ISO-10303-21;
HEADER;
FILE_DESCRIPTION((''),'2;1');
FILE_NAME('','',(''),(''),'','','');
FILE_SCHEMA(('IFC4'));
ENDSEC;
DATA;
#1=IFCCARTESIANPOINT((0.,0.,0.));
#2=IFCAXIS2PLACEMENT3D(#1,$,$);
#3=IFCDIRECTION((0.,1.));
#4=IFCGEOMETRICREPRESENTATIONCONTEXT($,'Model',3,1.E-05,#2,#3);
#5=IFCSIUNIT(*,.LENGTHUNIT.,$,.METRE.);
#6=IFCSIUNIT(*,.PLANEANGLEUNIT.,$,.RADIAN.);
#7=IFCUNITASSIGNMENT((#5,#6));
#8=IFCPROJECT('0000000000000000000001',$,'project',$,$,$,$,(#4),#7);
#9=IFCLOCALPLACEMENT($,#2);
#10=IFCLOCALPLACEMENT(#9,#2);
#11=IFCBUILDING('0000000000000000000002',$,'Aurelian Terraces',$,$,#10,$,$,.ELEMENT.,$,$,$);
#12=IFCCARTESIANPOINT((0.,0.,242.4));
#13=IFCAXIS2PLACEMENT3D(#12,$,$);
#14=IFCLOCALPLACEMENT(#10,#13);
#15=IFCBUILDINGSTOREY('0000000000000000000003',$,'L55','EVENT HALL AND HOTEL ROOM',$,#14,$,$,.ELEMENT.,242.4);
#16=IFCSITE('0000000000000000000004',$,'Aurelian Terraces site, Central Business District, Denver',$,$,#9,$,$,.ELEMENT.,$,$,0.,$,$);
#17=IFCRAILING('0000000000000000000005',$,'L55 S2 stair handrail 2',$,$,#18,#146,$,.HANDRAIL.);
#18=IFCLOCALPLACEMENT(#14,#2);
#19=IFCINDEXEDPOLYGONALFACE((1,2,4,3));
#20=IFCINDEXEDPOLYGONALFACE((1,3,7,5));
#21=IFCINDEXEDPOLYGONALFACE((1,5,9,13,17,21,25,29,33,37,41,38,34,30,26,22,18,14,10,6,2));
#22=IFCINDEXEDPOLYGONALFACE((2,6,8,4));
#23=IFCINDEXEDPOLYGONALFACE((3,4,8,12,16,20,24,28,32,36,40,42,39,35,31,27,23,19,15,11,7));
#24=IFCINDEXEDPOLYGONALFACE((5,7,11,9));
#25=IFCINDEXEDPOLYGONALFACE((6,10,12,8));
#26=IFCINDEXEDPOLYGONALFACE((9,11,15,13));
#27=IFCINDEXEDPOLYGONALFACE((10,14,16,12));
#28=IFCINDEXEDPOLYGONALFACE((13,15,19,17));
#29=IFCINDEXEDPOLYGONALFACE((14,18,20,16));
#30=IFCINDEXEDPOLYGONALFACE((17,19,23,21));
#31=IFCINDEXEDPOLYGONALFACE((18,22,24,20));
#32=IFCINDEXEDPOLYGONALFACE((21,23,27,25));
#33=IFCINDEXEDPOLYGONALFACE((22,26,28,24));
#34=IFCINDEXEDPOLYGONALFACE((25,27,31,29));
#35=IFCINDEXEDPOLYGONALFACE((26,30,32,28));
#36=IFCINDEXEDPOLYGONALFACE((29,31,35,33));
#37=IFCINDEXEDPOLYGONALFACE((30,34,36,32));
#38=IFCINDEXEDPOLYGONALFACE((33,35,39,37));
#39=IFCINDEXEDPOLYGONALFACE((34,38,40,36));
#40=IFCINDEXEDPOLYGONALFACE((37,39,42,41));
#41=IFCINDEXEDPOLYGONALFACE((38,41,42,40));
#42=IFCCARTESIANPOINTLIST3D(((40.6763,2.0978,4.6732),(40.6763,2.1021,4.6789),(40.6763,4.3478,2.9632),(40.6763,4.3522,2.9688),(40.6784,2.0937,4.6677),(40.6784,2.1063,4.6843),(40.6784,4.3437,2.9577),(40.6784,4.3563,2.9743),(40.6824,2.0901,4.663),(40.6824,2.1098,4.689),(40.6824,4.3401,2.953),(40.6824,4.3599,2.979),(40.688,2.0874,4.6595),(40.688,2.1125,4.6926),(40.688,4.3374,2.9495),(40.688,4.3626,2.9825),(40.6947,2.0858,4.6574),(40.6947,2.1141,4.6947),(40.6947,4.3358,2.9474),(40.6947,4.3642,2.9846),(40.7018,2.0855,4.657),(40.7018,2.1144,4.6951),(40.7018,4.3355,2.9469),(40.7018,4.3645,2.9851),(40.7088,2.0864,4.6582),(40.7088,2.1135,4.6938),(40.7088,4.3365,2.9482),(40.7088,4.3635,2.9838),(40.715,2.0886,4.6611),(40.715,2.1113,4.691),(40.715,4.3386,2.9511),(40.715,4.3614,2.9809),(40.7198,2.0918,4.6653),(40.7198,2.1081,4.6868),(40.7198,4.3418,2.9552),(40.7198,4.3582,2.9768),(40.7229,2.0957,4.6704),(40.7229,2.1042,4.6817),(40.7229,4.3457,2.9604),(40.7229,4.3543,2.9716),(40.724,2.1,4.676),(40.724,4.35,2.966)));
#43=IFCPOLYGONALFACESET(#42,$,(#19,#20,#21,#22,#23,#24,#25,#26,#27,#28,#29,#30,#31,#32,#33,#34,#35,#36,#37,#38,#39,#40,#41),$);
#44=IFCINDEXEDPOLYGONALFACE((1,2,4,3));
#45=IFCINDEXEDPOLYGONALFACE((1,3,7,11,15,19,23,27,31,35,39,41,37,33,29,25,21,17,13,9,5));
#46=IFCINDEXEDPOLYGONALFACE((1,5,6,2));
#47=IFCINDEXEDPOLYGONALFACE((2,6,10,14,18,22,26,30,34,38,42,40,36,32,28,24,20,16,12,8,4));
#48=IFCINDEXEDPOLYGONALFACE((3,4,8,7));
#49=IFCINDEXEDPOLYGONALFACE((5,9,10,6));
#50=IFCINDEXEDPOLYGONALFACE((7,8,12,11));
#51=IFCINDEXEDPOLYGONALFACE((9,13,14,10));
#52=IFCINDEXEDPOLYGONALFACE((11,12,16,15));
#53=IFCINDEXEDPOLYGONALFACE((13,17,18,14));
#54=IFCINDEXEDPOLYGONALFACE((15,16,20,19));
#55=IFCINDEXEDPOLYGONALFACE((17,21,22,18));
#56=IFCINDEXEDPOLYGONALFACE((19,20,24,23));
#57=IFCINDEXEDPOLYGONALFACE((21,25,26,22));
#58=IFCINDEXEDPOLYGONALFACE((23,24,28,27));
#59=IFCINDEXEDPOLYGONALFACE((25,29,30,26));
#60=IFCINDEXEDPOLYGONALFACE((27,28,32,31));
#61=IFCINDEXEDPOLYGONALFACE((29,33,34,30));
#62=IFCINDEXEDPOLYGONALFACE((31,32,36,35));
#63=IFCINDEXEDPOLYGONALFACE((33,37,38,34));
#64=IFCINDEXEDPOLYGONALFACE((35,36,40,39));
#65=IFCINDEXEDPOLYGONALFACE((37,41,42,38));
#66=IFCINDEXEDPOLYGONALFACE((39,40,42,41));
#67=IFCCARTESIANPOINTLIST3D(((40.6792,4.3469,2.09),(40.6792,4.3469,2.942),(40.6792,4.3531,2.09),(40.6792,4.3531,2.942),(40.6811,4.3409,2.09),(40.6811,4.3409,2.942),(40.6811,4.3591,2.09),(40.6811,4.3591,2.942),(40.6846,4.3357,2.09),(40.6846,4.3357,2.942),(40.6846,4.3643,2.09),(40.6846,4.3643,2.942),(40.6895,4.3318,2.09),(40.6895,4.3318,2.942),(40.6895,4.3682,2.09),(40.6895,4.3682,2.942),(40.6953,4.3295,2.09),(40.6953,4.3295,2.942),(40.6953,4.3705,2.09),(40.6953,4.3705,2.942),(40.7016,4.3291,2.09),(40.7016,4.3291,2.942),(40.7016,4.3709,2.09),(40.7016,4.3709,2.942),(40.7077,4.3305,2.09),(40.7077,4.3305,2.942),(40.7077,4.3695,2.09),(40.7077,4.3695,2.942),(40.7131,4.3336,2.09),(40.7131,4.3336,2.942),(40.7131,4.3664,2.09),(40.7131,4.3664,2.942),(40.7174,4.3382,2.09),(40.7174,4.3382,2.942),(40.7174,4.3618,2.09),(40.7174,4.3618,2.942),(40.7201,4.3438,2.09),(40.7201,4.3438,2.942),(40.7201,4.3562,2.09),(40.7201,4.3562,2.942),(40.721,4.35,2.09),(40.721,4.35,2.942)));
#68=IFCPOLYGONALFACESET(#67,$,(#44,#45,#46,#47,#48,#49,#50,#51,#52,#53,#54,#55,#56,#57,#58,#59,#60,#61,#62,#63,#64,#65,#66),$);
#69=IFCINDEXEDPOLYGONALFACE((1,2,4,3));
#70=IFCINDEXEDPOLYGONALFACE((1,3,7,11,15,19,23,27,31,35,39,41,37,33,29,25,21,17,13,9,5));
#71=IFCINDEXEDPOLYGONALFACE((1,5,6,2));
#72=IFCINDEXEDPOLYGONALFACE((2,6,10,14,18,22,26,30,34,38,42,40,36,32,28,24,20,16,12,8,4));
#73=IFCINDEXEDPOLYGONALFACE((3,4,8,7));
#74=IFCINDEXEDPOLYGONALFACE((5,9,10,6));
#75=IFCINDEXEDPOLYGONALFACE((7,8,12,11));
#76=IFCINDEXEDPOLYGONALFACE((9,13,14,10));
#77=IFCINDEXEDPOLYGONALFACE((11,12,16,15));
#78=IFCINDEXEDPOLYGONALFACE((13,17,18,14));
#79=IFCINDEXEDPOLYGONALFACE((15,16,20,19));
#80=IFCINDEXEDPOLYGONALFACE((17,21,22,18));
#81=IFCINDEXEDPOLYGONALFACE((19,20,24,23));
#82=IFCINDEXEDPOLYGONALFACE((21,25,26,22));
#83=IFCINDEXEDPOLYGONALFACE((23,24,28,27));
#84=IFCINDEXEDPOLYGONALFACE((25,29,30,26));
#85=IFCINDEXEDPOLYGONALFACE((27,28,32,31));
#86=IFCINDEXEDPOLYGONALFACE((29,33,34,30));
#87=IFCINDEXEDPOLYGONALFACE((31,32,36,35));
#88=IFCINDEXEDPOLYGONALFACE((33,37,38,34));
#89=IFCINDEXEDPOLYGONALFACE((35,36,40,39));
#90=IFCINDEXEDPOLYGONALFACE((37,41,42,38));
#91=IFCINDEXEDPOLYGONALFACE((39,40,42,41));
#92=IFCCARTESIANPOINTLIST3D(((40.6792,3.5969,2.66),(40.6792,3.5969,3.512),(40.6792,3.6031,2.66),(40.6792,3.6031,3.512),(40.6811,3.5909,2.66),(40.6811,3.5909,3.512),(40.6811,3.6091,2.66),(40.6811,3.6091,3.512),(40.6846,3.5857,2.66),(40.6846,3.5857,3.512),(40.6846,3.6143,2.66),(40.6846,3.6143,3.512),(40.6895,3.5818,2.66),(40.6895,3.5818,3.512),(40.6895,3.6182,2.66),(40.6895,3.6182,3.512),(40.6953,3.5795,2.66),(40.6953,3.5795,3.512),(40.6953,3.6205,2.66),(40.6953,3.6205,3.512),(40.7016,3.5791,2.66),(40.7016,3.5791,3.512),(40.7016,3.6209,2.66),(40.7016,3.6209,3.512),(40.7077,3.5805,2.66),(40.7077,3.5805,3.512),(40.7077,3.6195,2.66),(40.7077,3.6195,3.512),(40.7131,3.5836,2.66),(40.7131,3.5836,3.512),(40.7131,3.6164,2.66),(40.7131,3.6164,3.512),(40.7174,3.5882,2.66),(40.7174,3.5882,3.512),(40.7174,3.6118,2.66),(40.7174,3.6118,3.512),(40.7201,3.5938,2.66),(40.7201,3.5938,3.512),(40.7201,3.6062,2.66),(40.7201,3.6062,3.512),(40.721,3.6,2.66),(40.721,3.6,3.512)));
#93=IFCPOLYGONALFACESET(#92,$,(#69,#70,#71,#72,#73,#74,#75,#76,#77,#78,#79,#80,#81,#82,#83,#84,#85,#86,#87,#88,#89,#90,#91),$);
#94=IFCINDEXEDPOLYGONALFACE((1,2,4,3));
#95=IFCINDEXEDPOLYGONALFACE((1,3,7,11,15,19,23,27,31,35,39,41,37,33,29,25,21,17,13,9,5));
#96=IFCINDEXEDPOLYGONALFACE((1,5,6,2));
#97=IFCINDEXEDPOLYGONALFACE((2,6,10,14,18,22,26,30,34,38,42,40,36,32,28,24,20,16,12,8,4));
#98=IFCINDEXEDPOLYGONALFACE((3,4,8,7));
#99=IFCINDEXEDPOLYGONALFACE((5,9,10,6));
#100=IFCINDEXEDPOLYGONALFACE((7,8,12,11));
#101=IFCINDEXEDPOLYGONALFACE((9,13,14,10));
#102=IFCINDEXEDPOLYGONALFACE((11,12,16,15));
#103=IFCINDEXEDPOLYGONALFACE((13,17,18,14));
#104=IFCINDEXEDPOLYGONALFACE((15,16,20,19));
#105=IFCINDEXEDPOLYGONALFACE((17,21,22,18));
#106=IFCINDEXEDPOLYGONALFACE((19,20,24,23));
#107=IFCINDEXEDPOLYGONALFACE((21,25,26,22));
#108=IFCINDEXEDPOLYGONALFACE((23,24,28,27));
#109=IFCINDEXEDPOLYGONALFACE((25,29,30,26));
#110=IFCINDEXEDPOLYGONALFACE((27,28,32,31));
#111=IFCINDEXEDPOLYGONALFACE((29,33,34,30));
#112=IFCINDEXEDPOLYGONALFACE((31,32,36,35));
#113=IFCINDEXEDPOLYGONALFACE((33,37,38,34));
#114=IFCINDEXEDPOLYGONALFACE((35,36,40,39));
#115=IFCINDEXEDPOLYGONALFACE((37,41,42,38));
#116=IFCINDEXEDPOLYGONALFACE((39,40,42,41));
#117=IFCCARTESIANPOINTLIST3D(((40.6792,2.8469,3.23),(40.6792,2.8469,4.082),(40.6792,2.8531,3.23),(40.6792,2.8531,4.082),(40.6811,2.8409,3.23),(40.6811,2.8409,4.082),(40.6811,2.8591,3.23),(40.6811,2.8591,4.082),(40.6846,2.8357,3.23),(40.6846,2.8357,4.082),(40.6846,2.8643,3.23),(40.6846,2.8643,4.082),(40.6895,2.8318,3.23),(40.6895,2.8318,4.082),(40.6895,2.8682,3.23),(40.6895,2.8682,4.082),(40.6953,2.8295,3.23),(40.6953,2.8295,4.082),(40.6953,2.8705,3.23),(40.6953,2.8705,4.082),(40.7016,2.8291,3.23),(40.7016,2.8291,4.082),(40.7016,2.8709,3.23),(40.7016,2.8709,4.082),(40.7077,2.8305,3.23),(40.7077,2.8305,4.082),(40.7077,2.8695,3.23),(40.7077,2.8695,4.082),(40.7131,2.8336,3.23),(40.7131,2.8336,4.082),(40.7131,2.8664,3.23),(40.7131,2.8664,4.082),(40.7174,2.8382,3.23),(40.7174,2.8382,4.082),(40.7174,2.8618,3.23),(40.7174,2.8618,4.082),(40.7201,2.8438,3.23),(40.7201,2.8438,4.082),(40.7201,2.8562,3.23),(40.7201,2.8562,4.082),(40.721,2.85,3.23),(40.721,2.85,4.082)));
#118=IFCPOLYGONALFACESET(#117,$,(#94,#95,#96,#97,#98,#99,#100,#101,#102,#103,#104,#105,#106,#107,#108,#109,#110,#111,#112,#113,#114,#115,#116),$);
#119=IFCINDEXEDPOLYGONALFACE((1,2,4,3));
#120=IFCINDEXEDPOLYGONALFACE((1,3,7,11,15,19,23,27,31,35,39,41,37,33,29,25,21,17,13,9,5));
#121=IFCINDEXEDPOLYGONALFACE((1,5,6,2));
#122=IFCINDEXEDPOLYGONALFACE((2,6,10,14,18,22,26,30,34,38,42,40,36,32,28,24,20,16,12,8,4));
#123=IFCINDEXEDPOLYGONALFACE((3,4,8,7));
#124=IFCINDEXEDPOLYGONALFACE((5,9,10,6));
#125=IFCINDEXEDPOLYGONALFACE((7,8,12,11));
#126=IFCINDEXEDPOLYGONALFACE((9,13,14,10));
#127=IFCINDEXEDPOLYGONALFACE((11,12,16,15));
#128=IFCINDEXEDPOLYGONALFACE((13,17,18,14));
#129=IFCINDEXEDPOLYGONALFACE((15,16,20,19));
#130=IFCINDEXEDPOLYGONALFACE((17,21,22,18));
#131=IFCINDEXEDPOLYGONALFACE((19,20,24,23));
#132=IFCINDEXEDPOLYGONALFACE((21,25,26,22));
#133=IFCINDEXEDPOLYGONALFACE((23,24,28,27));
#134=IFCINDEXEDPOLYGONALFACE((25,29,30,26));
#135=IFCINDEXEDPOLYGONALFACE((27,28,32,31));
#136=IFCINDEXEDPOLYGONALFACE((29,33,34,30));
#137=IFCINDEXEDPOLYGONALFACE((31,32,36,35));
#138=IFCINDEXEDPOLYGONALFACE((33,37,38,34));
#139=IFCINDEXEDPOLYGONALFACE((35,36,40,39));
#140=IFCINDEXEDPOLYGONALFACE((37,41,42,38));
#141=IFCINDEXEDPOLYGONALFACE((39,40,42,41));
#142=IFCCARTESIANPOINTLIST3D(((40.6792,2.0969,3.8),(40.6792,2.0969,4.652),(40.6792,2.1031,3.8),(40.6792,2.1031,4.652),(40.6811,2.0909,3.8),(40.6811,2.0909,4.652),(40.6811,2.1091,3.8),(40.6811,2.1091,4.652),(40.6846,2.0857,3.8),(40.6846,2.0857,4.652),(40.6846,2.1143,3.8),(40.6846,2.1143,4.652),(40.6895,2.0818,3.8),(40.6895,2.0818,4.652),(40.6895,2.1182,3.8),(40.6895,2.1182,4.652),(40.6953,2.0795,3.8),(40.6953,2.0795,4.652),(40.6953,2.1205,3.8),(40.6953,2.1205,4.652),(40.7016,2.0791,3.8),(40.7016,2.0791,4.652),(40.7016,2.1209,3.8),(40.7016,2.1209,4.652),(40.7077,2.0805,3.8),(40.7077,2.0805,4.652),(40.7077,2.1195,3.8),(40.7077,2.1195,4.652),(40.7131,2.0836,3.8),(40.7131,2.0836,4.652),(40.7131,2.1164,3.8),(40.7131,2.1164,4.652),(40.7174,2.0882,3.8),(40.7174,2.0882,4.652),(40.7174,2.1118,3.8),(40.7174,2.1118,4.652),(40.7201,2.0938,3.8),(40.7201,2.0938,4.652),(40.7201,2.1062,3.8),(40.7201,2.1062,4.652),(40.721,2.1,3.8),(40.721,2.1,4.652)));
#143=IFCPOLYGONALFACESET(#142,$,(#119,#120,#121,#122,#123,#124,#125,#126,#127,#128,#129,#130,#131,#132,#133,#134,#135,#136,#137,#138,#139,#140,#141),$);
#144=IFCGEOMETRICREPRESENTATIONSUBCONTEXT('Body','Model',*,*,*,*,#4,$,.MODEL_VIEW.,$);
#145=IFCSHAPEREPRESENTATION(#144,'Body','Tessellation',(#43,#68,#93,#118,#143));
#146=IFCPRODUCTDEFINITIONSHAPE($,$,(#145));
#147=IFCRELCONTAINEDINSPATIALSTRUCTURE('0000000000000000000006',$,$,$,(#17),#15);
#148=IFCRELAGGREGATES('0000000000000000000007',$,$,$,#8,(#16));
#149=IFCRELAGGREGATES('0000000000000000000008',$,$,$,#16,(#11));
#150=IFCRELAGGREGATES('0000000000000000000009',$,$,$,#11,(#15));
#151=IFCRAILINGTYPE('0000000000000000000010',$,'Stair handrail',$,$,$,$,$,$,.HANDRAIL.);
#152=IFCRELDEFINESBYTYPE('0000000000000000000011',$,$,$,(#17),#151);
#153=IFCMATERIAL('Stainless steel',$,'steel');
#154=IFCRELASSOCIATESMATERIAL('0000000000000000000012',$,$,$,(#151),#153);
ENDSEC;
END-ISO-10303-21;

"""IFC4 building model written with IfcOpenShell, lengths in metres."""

from ifc_helpers import new_model, si_unit, direction, frame, origin, origin_2d, place, context, subcontext, project, spatial, circle, extrude, source, transform, mapped, material, type_object, element, save


model = new_model("IFC4")

# Units and contexts
model_context = context("Model", 3, precision=1e-05, world=origin(), true_north=direction((0.0, 1.0)))
body_context = subcontext(model_context, "Body", "Model", "MODEL_VIEW")
ifc_project = project(units=[si_unit("LENGTHUNIT", "METRE"), si_unit("PLANEANGLEUNIT", "RADIAN")], contexts=[model_context])

# Site, building, storey
site_placement = place(None, origin())
site = spatial("IfcSite", under=ifc_project, at=site_placement, Name="Aurelian Terraces site, Central Business District, Denver", CompositionType="ELEMENT", RefElevation=0.0)
building_placement = place(site_placement, origin())
building = spatial("IfcBuilding", under=site, at=building_placement, Name="Aurelian Terraces", CompositionType="ELEMENT")
storey_placement = place(building_placement, frame((0.0, 0.0, 242.4)))
storey = spatial("IfcBuildingStorey", under=building, at=storey_placement, Name="L55", Description="EVENT HALL AND HOTEL ROOM", CompositionType="ELEMENT", Elevation=242.4)

# Railing
ifc_material_1 = material(Name="Stainless steel", Category="steel")
railing_type = type_object("IfcRailingType", Name="Stair handrail", PredefinedType="HANDRAIL", material=ifc_material_1)
shared_shape_1 = source(origin(), body_context, "Body", "SweptSolid", [
    extrude(circle(Radius=0.024, at=origin_2d()), frame((0.0, 0.0, 0.876), z_axis=(0.0, -0.796162, 0.605083), x_axis=(1.0, 0.0, 0.0)), (0.0, 0.0, 1.0), 2.8261),
    extrude(circle(Radius=0.021, at=origin_2d()), origin(), (0.0, 0.0, 1.0), 0.852),
    extrude(circle(Radius=0.021, at=origin_2d()), frame((0.0, -0.75, 0.57)), (0.0, 0.0, 1.0), 0.852),
    extrude(circle(Radius=0.021, at=origin_2d()), frame((0.0, -1.5, 1.14)), (0.0, 0.0, 1.0), 0.852),
    extrude(circle(Radius=0.021, at=origin_2d()), frame((0.0, -2.25, 1.71)), (0.0, 0.0, 1.0), 0.852),
])
railing_placement = place(storey_placement, frame((40.7, 4.35, 2.09)))
element("IfcRailing", 1, at=railing_placement, inside=storey, type_object=railing_type, Name="L55 S2 stair handrail 2", PredefinedType="HANDRAIL", context=body_context, shape_type="MappedRepresentation", body=[
    mapped(shared_shape_1, transform((0.0, 0.0, 0.0), scale=1.0)),
])

save(model, "model.ifc")
